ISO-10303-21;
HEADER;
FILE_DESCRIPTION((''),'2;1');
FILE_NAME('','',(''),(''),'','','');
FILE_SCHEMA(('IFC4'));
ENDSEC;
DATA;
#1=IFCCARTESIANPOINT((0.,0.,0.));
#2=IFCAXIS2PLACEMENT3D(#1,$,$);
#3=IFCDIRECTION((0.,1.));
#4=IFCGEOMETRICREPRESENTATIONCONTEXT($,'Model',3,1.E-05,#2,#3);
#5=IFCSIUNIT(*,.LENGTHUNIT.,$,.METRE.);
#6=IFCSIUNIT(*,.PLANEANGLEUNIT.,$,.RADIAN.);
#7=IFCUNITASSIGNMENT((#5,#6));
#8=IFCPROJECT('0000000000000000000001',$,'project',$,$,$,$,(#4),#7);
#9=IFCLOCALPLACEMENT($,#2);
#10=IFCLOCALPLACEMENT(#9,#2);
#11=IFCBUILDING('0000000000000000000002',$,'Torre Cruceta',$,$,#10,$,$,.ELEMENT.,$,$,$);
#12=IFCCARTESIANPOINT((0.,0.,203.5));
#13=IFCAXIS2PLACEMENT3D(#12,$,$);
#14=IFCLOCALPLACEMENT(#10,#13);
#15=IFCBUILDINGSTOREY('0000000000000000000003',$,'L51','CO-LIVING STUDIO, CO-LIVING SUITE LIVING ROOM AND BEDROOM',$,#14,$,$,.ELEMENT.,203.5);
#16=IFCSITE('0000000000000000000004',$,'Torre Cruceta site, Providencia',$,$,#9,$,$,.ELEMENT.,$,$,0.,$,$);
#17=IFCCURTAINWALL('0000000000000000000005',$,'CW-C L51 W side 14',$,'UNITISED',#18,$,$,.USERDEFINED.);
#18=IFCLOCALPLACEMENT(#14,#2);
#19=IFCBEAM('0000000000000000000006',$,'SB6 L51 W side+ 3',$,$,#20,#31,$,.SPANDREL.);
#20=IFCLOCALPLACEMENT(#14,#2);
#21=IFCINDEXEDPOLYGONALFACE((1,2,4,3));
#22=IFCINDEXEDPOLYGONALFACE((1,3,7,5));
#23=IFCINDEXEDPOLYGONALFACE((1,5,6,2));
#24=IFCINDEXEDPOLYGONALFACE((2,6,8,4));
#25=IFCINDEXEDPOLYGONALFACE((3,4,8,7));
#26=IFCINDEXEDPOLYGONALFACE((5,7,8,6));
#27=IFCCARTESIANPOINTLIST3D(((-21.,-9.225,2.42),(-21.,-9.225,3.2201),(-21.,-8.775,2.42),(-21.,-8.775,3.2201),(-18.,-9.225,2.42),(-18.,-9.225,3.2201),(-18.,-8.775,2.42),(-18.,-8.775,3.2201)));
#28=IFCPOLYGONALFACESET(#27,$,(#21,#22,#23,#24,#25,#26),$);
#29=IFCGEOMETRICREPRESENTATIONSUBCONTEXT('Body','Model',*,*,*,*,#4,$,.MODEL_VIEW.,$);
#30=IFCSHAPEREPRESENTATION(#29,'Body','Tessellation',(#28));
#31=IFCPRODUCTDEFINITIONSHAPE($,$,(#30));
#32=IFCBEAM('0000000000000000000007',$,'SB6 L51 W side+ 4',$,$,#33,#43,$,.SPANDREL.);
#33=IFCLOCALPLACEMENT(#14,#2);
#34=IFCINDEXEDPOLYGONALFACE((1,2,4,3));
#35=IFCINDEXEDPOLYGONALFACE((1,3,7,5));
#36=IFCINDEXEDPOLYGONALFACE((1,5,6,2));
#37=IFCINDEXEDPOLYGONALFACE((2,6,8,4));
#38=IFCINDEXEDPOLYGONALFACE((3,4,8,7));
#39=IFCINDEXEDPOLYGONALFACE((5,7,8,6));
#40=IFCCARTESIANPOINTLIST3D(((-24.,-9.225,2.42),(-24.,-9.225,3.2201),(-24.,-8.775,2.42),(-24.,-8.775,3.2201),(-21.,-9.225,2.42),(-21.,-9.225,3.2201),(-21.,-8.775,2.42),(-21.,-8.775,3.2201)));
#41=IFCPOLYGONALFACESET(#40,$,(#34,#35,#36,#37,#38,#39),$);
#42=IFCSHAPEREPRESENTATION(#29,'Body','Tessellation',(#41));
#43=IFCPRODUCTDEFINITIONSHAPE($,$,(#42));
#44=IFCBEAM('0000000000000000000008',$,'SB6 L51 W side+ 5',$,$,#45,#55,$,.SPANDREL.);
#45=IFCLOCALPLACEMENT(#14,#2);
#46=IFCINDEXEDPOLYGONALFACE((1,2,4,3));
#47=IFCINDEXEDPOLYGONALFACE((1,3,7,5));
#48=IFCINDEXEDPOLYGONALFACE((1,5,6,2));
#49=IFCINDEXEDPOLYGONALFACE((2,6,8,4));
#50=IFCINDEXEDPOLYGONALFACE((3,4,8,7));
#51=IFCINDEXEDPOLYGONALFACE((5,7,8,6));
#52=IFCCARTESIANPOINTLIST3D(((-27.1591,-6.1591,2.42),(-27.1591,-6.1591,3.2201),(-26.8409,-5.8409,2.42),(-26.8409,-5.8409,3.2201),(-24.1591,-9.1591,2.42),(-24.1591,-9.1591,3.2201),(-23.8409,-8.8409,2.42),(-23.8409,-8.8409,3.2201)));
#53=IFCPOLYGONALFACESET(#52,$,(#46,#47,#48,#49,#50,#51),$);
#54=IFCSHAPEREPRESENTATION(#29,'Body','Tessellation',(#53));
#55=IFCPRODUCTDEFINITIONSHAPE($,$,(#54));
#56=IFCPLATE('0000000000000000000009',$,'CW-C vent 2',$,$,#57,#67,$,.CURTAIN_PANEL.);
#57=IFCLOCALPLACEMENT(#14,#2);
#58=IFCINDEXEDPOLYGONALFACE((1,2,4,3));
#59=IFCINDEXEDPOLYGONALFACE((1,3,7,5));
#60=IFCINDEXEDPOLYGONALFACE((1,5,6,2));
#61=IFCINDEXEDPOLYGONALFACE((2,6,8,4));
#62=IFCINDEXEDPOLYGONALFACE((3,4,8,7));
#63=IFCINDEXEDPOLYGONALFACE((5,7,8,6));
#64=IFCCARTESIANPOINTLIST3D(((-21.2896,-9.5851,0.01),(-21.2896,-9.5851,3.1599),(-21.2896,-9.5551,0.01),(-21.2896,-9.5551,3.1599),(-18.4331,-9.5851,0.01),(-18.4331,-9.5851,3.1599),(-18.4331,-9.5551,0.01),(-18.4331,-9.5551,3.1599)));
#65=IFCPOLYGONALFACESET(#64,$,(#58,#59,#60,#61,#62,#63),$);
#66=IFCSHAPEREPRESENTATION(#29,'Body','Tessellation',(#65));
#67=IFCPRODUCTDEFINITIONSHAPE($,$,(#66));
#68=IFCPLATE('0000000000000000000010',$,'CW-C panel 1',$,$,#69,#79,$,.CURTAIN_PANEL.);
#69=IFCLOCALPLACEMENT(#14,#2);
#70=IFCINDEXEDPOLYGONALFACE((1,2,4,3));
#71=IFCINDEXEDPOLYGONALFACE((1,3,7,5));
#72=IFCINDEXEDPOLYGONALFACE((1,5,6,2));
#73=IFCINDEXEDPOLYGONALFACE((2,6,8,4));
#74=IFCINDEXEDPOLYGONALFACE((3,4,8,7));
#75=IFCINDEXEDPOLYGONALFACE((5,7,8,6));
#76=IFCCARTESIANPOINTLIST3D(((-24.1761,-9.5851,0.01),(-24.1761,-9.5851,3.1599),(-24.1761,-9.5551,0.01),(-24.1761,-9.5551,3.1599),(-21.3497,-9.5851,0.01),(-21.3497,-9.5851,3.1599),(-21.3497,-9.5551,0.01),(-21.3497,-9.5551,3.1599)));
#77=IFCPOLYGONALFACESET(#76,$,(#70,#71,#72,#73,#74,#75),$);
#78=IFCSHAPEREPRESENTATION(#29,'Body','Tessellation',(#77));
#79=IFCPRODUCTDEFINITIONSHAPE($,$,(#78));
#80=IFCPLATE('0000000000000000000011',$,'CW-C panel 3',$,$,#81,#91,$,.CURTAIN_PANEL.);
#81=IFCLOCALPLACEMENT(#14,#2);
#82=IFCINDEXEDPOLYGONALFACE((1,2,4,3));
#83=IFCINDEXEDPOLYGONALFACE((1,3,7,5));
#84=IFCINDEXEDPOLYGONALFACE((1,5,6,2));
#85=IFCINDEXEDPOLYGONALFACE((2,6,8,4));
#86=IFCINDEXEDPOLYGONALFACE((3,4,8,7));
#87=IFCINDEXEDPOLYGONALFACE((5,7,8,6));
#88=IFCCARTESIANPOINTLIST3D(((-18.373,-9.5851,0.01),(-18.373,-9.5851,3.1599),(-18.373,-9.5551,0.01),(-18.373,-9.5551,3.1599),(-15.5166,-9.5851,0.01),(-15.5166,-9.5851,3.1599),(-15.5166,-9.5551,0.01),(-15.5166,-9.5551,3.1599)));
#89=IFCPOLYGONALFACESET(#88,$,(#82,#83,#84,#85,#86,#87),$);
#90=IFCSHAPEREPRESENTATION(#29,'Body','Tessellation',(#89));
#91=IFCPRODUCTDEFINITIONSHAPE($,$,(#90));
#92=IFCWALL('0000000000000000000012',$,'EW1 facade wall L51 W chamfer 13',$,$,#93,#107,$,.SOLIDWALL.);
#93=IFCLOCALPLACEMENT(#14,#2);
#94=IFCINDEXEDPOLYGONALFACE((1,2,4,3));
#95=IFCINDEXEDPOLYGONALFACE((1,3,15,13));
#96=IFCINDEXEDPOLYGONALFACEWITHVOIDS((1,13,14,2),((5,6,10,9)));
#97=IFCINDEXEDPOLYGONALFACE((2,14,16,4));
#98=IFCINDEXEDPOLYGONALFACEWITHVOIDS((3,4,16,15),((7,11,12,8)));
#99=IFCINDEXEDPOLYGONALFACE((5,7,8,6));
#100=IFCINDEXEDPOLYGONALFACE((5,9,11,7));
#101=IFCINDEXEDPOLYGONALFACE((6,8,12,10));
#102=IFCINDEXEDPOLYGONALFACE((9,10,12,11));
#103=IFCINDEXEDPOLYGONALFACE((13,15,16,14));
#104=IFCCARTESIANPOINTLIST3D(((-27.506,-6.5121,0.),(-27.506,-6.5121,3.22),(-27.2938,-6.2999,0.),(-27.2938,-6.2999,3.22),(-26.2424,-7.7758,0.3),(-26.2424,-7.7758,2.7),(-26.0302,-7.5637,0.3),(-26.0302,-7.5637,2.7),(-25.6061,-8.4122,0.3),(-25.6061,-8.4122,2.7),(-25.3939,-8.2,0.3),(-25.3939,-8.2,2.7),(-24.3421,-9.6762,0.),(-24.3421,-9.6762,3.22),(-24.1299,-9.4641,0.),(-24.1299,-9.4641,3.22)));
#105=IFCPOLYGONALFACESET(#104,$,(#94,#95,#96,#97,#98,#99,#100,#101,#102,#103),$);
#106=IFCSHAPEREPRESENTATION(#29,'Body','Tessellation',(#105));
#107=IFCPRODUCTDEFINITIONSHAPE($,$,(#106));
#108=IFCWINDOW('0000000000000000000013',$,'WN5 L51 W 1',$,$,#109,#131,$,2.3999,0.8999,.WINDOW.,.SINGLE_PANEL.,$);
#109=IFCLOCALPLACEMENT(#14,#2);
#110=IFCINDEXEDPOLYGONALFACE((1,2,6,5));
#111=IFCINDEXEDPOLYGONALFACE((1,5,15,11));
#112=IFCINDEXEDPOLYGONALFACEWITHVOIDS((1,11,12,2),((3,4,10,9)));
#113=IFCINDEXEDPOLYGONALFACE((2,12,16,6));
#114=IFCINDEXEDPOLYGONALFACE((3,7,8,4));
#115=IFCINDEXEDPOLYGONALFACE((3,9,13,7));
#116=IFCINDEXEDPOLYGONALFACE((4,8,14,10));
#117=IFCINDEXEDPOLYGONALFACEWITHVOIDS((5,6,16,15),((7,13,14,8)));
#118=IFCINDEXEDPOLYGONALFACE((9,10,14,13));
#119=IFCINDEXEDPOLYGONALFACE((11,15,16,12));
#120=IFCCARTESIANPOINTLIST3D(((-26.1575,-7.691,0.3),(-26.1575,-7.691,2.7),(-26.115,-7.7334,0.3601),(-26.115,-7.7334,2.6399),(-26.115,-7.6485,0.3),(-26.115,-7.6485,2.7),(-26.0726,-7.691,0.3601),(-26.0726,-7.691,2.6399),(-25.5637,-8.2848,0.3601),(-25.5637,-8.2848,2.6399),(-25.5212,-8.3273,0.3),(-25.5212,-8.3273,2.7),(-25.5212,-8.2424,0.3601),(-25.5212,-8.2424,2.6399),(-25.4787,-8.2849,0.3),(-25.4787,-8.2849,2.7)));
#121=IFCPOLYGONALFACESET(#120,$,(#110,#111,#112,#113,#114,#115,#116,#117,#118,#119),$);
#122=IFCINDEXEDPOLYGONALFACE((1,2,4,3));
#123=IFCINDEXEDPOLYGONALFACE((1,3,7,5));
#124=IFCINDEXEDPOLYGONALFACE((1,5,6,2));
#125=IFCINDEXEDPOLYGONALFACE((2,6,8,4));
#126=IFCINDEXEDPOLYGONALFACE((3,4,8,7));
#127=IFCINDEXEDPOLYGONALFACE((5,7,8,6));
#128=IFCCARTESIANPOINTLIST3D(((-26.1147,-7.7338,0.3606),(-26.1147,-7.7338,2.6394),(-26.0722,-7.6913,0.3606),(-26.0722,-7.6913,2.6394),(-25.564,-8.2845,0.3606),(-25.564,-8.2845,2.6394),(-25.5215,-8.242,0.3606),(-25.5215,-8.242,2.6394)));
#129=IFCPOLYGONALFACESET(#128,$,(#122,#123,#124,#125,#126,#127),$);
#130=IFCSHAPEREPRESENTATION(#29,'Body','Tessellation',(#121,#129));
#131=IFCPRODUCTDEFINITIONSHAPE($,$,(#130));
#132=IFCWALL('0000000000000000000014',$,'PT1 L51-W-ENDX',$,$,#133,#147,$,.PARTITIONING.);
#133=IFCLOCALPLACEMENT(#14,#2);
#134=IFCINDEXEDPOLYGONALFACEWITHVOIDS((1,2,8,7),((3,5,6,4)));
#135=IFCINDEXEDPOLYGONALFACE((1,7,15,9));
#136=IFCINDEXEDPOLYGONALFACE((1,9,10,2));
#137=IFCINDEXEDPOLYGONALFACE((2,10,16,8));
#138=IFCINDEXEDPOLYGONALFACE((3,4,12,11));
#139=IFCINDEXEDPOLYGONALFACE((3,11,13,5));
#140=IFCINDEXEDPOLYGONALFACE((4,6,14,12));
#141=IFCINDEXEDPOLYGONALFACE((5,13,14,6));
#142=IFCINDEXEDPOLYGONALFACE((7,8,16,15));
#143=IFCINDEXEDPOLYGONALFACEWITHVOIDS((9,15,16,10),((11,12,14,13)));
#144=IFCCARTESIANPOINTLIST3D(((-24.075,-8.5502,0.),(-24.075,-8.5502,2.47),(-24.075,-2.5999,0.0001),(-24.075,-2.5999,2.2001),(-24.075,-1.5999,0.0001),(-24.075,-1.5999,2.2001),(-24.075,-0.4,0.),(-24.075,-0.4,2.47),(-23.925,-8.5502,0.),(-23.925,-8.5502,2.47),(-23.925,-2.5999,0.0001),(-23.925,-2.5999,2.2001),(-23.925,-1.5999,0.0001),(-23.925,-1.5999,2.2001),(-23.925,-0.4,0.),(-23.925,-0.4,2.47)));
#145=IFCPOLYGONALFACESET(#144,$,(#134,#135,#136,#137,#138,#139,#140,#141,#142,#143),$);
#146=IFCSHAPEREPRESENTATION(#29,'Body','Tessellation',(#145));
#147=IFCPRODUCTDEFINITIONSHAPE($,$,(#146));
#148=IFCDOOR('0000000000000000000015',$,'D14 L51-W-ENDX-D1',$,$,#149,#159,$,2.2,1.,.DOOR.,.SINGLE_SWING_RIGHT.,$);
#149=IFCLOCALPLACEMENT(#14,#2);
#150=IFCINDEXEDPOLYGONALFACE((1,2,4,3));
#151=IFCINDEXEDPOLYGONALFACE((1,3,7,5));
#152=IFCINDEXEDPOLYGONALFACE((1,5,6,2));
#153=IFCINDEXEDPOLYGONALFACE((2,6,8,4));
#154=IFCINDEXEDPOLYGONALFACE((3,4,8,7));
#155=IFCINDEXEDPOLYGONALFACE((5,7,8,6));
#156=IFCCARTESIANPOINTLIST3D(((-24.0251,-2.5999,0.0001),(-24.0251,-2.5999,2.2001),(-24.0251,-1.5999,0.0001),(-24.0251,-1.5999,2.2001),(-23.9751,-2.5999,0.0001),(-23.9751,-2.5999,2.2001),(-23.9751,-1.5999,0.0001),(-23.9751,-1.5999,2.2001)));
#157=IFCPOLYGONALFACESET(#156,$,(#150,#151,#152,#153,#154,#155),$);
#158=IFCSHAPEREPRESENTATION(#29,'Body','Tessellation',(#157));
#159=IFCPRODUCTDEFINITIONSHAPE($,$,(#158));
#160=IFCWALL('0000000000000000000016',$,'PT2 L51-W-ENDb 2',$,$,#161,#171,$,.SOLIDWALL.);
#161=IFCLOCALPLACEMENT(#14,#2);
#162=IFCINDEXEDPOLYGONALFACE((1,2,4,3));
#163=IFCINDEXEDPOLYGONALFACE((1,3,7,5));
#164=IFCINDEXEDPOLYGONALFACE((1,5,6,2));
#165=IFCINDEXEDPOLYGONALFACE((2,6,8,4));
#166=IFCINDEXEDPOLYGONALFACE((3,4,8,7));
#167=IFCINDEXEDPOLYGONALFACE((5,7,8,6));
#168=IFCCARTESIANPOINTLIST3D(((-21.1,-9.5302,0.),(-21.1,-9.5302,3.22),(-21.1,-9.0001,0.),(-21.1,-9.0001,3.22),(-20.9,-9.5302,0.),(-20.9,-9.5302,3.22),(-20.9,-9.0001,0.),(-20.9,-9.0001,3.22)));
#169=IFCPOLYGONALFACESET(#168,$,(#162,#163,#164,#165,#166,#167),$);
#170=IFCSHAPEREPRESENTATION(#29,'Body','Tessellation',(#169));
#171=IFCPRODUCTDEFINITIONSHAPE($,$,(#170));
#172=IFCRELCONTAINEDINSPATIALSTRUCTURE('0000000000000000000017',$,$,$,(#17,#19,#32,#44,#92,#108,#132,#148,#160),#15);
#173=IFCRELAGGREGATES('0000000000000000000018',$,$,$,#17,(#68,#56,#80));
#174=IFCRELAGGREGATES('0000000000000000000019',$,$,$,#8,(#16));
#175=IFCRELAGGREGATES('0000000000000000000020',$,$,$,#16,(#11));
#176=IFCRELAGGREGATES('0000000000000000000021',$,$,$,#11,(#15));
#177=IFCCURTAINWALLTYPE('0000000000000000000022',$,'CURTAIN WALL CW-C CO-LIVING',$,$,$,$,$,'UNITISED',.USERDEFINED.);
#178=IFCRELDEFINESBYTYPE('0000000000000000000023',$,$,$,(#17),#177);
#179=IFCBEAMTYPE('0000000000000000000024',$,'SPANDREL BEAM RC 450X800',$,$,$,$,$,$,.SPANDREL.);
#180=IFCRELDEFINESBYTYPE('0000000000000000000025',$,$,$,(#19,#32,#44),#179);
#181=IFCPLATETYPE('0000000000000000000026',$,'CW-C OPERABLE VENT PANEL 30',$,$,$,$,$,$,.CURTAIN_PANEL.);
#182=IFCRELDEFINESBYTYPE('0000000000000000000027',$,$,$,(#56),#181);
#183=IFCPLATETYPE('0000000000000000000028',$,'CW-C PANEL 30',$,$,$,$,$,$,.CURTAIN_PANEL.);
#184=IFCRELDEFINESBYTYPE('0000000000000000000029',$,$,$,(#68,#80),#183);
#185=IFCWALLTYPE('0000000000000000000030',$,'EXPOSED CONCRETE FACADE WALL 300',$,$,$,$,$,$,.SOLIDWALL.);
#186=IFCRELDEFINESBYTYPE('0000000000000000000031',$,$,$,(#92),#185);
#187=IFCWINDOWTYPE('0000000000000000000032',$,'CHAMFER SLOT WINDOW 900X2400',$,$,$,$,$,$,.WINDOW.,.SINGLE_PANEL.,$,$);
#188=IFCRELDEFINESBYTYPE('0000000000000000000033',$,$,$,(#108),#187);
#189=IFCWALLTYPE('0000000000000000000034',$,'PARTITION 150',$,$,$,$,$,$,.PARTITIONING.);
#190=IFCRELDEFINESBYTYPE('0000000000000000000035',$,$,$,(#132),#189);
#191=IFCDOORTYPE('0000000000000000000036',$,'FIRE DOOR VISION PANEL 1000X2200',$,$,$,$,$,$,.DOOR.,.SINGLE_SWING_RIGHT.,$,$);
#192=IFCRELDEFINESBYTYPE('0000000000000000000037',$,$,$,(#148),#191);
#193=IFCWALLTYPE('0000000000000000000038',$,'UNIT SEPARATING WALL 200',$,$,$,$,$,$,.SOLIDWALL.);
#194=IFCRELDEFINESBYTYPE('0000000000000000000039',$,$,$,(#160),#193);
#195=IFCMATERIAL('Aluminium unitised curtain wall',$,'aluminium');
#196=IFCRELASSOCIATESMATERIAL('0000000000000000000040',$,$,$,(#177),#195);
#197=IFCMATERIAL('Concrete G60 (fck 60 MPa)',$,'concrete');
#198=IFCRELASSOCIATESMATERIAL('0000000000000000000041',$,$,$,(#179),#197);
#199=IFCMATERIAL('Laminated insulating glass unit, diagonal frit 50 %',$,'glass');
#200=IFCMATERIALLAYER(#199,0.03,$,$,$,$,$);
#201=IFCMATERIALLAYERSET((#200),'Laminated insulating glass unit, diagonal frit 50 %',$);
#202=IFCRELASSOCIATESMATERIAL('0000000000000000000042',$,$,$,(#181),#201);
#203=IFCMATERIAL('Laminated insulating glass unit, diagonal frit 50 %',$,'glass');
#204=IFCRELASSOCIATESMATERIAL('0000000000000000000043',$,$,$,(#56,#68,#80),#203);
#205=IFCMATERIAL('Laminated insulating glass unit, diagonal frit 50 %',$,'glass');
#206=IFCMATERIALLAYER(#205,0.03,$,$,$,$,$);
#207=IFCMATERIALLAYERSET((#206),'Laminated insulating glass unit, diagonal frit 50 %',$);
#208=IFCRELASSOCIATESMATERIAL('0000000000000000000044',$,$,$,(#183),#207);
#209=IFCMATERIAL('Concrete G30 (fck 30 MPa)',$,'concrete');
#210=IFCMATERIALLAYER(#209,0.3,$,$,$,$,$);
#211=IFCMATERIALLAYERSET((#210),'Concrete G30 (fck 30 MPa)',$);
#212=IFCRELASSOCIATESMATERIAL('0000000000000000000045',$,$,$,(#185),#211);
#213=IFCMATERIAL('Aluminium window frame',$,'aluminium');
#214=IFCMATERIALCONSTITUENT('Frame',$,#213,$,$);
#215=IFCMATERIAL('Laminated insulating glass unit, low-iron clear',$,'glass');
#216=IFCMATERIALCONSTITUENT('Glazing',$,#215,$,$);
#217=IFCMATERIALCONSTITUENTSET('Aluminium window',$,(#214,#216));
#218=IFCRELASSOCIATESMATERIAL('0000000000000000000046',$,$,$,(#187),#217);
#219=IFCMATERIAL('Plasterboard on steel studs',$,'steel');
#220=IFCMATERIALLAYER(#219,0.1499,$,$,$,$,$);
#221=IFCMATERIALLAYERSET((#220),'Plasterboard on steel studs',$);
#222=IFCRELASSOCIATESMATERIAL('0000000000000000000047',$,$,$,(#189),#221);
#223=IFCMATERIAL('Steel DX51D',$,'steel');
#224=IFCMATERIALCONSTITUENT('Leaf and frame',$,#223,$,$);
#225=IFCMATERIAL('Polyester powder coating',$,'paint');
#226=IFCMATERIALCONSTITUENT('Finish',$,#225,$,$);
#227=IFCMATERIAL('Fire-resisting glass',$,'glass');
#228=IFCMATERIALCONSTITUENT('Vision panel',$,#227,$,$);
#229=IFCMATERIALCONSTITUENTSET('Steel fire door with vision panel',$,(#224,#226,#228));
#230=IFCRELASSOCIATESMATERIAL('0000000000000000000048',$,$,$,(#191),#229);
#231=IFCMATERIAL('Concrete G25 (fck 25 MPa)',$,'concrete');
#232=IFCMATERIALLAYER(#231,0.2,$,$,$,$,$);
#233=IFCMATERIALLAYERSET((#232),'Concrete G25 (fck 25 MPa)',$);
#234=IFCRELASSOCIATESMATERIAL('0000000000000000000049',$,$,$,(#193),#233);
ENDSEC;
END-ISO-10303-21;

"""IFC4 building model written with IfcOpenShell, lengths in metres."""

from ifc_helpers import new_model, si_unit, direction, frame, frame_2d, origin, origin_2d, place, context, subcontext, project, spatial, rectangle, hollow_rectangle, extrude, material, layer, layer_set, constituent, constituent_set, material_profile, profile_set, type_object, element, fill, aggregate, save


model = new_model("IFC4")

# Units and contexts
model_context = context("Model", 3, precision=1e-05, world=origin(), true_north=direction((0.0, 1.0)))
body_context = subcontext(model_context, "Body", "Model", "MODEL_VIEW")
ifc_project = project(units=[si_unit("LENGTHUNIT", "METRE"), si_unit("PLANEANGLEUNIT", "RADIAN")], contexts=[model_context])

# Site, building, storey
site_placement = place(None, origin())
site = spatial("IfcSite", under=ifc_project, at=site_placement, Name="Torre Cruceta site, Providencia", CompositionType="ELEMENT", RefElevation=0.0)
building_placement = place(site_placement, origin())
building = spatial("IfcBuilding", under=site, at=building_placement, Name="Torre Cruceta", CompositionType="ELEMENT")
storey_placement = place(building_placement, frame((0.0, 0.0, 203.5)))
storey = spatial("IfcBuildingStorey", under=building, at=storey_placement, Name="L51", Description="CO-LIVING STUDIO, CO-LIVING SUITE LIVING ROOM AND BEDROOM", CompositionType="ELEMENT", Elevation=203.5)

# Curtain wall
ifc_material_1 = material(Name="Aluminium unitised curtain wall", Category="aluminium")
curtain_wall_type = type_object("IfcCurtainWallType", Name="CURTAIN WALL CW-C CO-LIVING", ElementType="UNITISED", PredefinedType="USERDEFINED", material=ifc_material_1)
curtain_wall_placement = place(storey_placement, origin())
curtain_wall = element("IfcCurtainWall", 1, at=curtain_wall_placement, inside=storey, type_object=curtain_wall_type, Name="CW-C L51 W side 14", ObjectType="UNITISED", PredefinedType="USERDEFINED")

# Beams
ifc_material_2 = material(Name="Concrete G60 (fck 60 MPa)", Category="concrete")
ifc_material_profile_1 = material_profile(ifc_material_2, rectangle(XDim=0.45, YDim=0.8, at=origin_2d()), Name="RC 450X800")
ifc_profile_set_1 = profile_set([ifc_material_profile_1], Name="Concrete G60 (fck 60 MPa)")
beam_type_1 = type_object("IfcBeamType", Name="SPANDREL BEAM RC 450X800", PredefinedType="SPANDREL", material=ifc_profile_set_1)
for number, where, z_axis, x_axis, name in (
    (2, (-18.0, -9.0, 2.8201), (-1.0, 0.0, 0.0), (0.0, -1.0, 0.0), "SB6 L51 W side+ 3"),
    (3, (-21.0, -9.0, 2.8201), (-1.0, 0.0, 0.0), (0.0, -1.0, 0.0), "SB6 L51 W side+ 4"),
):
    element("IfcBeam", number, at=place(storey_placement, frame(where, z_axis=z_axis, x_axis=x_axis)), inside=storey, type_object=beam_type_1, Name=name, PredefinedType="SPANDREL", context=body_context, shape_type="SweptSolid", body=[
        extrude(rectangle(XDim=0.45, YDim=0.8, at=origin_2d()), origin(), (0.0, 0.0, 1.0), 3.0),
    ])
beam_1_placement = place(storey_placement, frame((-24.0, -9.0, 2.8201), z_axis=(-0.707107, 0.707107, 0.0), x_axis=(-0.707107, -0.707107, 0.0)))
element("IfcBeam", 4, at=beam_1_placement, inside=storey, type_object=beam_type_1, Name="SB6 L51 W side+ 5", PredefinedType="SPANDREL", context=body_context, shape_type="SweptSolid", body=[
    extrude(rectangle(XDim=0.45, YDim=0.8, at=origin_2d()), origin(), (0.0, 0.0, 1.0), 4.2427),
])

# Plates
ifc_material_3 = material(Name="Laminated insulating glass unit, diagonal frit 50 %", Category="glass")
ifc_material_4 = material(Name="Laminated insulating glass unit, diagonal frit 50 %", Category="glass")
ifc_layer_1 = layer(ifc_material_4, 0.03)
ifc_layer_set_1 = layer_set([ifc_layer_1], Name="Laminated insulating glass unit, diagonal frit 50 %")
plate_type_1 = type_object("IfcPlateType", Name="CW-C OPERABLE VENT PANEL 30", PredefinedType="CURTAIN_PANEL", material=ifc_layer_set_1)
plate_1_placement = place(storey_placement, frame((-19.8613, -9.5701, 0.01), z_axis=(0.0, 0.0, 1.0), x_axis=(1.0, 0.0, 0.0)))
plate_1 = element("IfcPlate", 5, at=plate_1_placement, type_object=plate_type_1, material=ifc_material_3, Name="CW-C vent 2", PredefinedType="CURTAIN_PANEL", context=body_context, shape_type="SweptSolid", body=[
    extrude(rectangle(XDim=2.8564, YDim=0.03, at=origin_2d()), origin(), (0.0, 0.0, 1.0), 3.1499),
])
ifc_material_5 = material(Name="Laminated insulating glass unit, diagonal frit 50 %", Category="glass")
ifc_layer_2 = layer(ifc_material_5, 0.03)
ifc_layer_set_2 = layer_set([ifc_layer_2], Name="Laminated insulating glass unit, diagonal frit 50 %")
plate_type_2 = type_object("IfcPlateType", Name="CW-C PANEL 30", PredefinedType="CURTAIN_PANEL", material=ifc_layer_set_2)
plate_2_placement = place(storey_placement, frame((-22.7629, -9.5701, 0.01), z_axis=(0.0, 0.0, 1.0), x_axis=(1.0, 0.0, 0.0)))
plate_2 = element("IfcPlate", 6, at=plate_2_placement, type_object=plate_type_2, material=ifc_material_3, Name="CW-C panel 1", PredefinedType="CURTAIN_PANEL", context=body_context, shape_type="SweptSolid", body=[
    extrude(rectangle(XDim=2.8264, YDim=0.03, at=origin_2d()), origin(), (0.0, 0.0, 1.0), 3.1499),
])
plate_3_placement = place(storey_placement, frame((-16.9448, -9.5701, 0.01), z_axis=(0.0, 0.0, 1.0), x_axis=(1.0, 0.0, 0.0)))
plate_3 = element("IfcPlate", 7, at=plate_3_placement, type_object=plate_type_2, material=ifc_material_3, Name="CW-C panel 3", PredefinedType="CURTAIN_PANEL", context=body_context, shape_type="SweptSolid", body=[
    extrude(rectangle(XDim=2.8564, YDim=0.03, at=origin_2d()), origin(), (0.0, 0.0, 1.0), 3.1499),
])
aggregate(curtain_wall, [plate_2, plate_1, plate_3])

# Wall, opening, window
ifc_material_6 = material(Name="Concrete G30 (fck 30 MPa)", Category="concrete")
ifc_layer_3 = layer(ifc_material_6, 0.3)
ifc_layer_set_3 = layer_set([ifc_layer_3], Name="Concrete G30 (fck 30 MPa)")
wall_type_1 = type_object("IfcWallType", Name="EXPOSED CONCRETE FACADE WALL 300", PredefinedType="SOLIDWALL", material=ifc_layer_set_3)
wall_1_placement = place(storey_placement, frame((-27.3999, -6.406, 0.0), z_axis=(0.0, 0.0, 1.0), x_axis=(0.707079, -0.707134, 0.0)))
wall_1 = element("IfcWall", 8, at=wall_1_placement, inside=storey, type_object=wall_type_1, Name="EW1 facade wall L51 W chamfer 13", PredefinedType="SOLIDWALL", context=body_context, shape_type="SweptSolid", body=[
    extrude(rectangle(XDim=4.4746, YDim=0.3, at=frame_2d((2.2373, 0.0))), origin(), (0.0, 0.0, 1.0), 3.22),
])
opening_1_placement = place(wall_1_placement, frame((1.7871, 0.0, 0.3)))
opening_1 = element("IfcOpeningElement", 9, at=opening_1_placement, cuts=wall_1, PredefinedType="OPENING", context=body_context, shape_type="SweptSolid", body=[
    extrude(rectangle(XDim=0.8999, YDim=2.3999, at=frame_2d((0.45, 1.2))), frame((0.0, 0.1599, 0.0), z_axis=(0.0, -1.0, 0.0), x_axis=(1.0, 0.0, 0.0)), (0.0, 0.0, 1.0), 0.3201),
])
ifc_material_7 = material(Name="Aluminium window frame", Category="aluminium")
ifc_constituent_1 = constituent(ifc_material_7, Name="Frame")
ifc_material_8 = material(Name="Laminated insulating glass unit, low-iron clear", Category="glass")
ifc_constituent_2 = constituent(ifc_material_8, Name="Glazing")
ifc_constituent_set_1 = constituent_set(constituents=[ifc_constituent_1, ifc_constituent_2], Name="Aluminium window")
window_type = type_object("IfcWindowType", Name="CHAMFER SLOT WINDOW 900X2400", PartitioningType="SINGLE_PANEL", PredefinedType="WINDOW", material=ifc_constituent_set_1)
window_placement = place(opening_1_placement, origin())
window = element("IfcWindow", 10, at=window_placement, inside=storey, type_object=window_type, Name="WN5 L51 W 1", OverallHeight=2.3999, OverallWidth=0.8999, PartitioningType="SINGLE_PANEL", PredefinedType="WINDOW", context=body_context, shape_type="SweptSolid", body=[
    extrude(hollow_rectangle(XDim=0.8999, YDim=2.3999, WallThickness=0.0601, at=frame_2d((0.45, 1.2))), frame((0.0, 0.03, 0.0), z_axis=(0.0, -1.0, 0.0), x_axis=(1.0, 0.0, 0.0)), (0.0, 0.0, 1.0), 0.0601),
    extrude(rectangle(XDim=0.7788, YDim=2.2788, at=frame_2d((0.45, 1.2))), frame((0.0, 0.03, 0.0), z_axis=(0.0, -1.0, 0.0), x_axis=(1.0, 0.0, 0.0)), (0.0, 0.0, 1.0), 0.0601),
])
fill(opening_1, window)

# Wall, opening, door
ifc_material_9 = material(Name="Plasterboard on steel studs", Category="steel")
ifc_layer_4 = layer(ifc_material_9, 0.1499)
ifc_layer_set_4 = layer_set([ifc_layer_4], Name="Plasterboard on steel studs")
wall_type_2 = type_object("IfcWallType", Name="PARTITION 150", PredefinedType="PARTITIONING", material=ifc_layer_set_4)
wall_2_placement = place(storey_placement, frame((-24.0, -0.3999, 0.0), z_axis=(0.0, 0.0, 1.0), x_axis=(0.0, -1.0, 0.0)))
wall_2 = element("IfcWall", 11, at=wall_2_placement, inside=storey, type_object=wall_type_2, Name="PT1 L51-W-ENDX", PredefinedType="PARTITIONING", context=body_context, shape_type="SweptSolid", body=[
    extrude(rectangle(XDim=8.1501, YDim=0.1499, at=frame_2d((4.0752, 0.0))), origin(), (0.0, 0.0, 1.0), 2.47),
])
opening_2_placement = place(wall_2_placement, frame((1.2, 0.0, 0.0)))
opening_2 = element("IfcOpeningElement", 12, at=opening_2_placement, cuts=wall_2, PredefinedType="OPENING", context=body_context, shape_type="SweptSolid", body=[
    extrude(rectangle(XDim=1.0, YDim=2.2, at=frame_2d((0.5, 1.1001))), frame((0.0, 0.085, 0.0), z_axis=(0.0, -1.0, 0.0), x_axis=(1.0, 0.0, 0.0)), (0.0, 0.0, 1.0), 0.1699),
])
ifc_material_10 = material(Name="Steel DX51D", Category="steel")
ifc_constituent_3 = constituent(ifc_material_10, Name="Leaf and frame")
ifc_material_11 = material(Name="Polyester powder coating", Category="paint")
ifc_constituent_4 = constituent(ifc_material_11, Name="Finish")
ifc_material_12 = material(Name="Fire-resisting glass", Category="glass")
ifc_constituent_5 = constituent(ifc_material_12, Name="Vision panel")
ifc_constituent_set_2 = constituent_set(constituents=[ifc_constituent_3, ifc_constituent_4, ifc_constituent_5], Name="Steel fire door with vision panel")
door_type = type_object("IfcDoorType", Name="FIRE DOOR VISION PANEL 1000X2200", OperationType="SINGLE_SWING_RIGHT", PredefinedType="DOOR", material=ifc_constituent_set_2)
door_placement = place(opening_2_placement, frame((1.0, 0.0, 0.0), z_axis=(0.0, 0.0, 1.0), x_axis=(-1.0, 0.0, 0.0)))
door = element("IfcDoor", 13, at=door_placement, inside=storey, type_object=door_type, Name="D14 L51-W-ENDX-D1", OperationType="SINGLE_SWING_RIGHT", OverallHeight=2.2, OverallWidth=1.0, PredefinedType="DOOR", context=body_context, shape_type="SweptSolid", body=[
    extrude(rectangle(XDim=1.0, YDim=2.2, at=frame_2d((0.5, 1.1001))), frame((0.0, 0.0251, 0.0), z_axis=(0.0, -1.0, 0.0), x_axis=(1.0, 0.0, 0.0)), (0.0, 0.0, 1.0), 0.05),
])
fill(opening_2, door)

# Wall
ifc_material_13 = material(Name="Concrete G25 (fck 25 MPa)", Category="concrete")
ifc_layer_5 = layer(ifc_material_13, 0.2)
ifc_layer_set_5 = layer_set([ifc_layer_5], Name="Concrete G25 (fck 25 MPa)")
wall_type_3 = type_object("IfcWallType", Name="UNIT SEPARATING WALL 200", PredefinedType="SOLIDWALL", material=ifc_layer_set_5)
wall_3_placement = place(storey_placement, frame((-21.0, -9.0, 0.0), z_axis=(0.0, 0.0, 1.0), x_axis=(0.0, -1.0, 0.0)))
element("IfcWall", 14, at=wall_3_placement, inside=storey, type_object=wall_type_3, Name="PT2 L51-W-ENDb 2", PredefinedType="SOLIDWALL", context=body_context, shape_type="SweptSolid", body=[
    extrude(rectangle(XDim=0.53, YDim=0.2, at=frame_2d((0.2651, 0.0))), origin(), (0.0, 0.0, 1.0), 3.22),
])

save(model, "model.ifc")
